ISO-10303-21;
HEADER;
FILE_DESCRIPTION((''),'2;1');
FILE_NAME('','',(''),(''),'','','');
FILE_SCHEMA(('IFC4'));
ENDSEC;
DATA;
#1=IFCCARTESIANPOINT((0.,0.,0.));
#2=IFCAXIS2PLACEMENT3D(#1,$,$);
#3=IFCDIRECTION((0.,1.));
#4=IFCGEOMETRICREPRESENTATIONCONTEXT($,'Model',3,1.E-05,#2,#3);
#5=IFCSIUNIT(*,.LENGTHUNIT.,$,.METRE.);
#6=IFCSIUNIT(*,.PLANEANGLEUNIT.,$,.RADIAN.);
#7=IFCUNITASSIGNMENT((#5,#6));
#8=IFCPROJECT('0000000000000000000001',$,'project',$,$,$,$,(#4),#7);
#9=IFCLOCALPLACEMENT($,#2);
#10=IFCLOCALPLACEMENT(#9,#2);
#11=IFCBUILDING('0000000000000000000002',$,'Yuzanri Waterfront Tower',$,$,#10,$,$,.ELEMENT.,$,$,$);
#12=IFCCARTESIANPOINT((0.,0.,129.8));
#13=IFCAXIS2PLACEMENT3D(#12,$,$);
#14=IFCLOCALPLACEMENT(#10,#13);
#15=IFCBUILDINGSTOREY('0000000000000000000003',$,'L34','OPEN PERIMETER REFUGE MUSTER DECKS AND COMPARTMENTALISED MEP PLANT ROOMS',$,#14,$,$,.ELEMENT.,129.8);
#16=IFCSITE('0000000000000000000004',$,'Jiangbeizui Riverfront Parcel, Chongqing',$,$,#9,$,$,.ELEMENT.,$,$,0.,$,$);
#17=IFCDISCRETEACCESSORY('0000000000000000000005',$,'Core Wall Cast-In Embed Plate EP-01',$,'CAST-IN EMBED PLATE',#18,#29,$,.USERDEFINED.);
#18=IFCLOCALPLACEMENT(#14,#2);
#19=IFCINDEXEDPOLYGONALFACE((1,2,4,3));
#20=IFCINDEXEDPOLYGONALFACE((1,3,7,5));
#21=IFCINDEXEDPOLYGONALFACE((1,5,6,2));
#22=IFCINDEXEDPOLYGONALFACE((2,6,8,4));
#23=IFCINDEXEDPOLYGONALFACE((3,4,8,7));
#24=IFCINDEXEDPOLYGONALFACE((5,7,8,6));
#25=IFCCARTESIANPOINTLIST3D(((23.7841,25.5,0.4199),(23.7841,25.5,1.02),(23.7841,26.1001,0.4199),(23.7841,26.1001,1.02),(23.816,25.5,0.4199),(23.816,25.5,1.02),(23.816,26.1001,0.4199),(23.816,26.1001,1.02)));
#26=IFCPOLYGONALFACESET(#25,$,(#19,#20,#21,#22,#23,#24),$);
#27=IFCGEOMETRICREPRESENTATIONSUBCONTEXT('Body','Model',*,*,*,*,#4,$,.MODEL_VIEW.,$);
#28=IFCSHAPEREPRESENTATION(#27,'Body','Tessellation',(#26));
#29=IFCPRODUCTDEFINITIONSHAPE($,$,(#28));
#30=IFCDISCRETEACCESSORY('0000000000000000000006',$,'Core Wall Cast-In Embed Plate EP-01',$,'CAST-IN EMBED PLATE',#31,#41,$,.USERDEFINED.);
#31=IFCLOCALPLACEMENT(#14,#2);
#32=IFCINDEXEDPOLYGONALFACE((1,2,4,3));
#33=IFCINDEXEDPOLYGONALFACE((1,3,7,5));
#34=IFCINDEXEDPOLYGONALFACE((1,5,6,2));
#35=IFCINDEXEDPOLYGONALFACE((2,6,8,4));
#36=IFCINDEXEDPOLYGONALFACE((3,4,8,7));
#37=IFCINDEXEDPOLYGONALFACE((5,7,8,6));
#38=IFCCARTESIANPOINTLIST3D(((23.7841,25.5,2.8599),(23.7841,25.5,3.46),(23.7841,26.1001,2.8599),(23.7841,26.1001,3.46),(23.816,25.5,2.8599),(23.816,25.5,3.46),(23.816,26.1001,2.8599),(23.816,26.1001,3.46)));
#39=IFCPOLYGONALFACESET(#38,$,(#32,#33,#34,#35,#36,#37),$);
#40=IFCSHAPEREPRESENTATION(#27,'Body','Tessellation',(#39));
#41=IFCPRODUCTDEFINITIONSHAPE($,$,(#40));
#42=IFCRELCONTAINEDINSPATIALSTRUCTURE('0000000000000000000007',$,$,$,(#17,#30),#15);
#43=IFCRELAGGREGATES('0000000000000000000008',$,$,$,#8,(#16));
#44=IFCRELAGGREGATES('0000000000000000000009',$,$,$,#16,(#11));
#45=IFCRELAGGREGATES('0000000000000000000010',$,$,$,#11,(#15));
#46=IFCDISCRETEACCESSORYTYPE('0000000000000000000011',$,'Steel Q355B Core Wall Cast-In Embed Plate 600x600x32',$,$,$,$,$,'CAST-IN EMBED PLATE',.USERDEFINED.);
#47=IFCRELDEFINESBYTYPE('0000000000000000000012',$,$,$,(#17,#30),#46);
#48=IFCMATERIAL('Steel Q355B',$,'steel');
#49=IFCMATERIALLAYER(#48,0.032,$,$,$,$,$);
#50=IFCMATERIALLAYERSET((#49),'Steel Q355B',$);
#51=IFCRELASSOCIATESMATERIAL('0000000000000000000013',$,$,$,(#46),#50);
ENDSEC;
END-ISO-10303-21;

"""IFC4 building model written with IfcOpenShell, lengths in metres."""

from ifc_helpers import new_model, si_unit, direction, frame, origin, origin_2d, place, context, subcontext, project, spatial, rectangle, extrude, source, transform, mapped, material, layer, layer_set, type_object, element, save


model = new_model("IFC4")

# Units and contexts
model_context = context("Model", 3, precision=1e-05, world=origin(), true_north=direction((0.0, 1.0)))
body_context = subcontext(model_context, "Body", "Model", "MODEL_VIEW")
ifc_project = project(units=[si_unit("LENGTHUNIT", "METRE"), si_unit("PLANEANGLEUNIT", "RADIAN")], contexts=[model_context])

# Site, building, storey
site_placement = place(None, origin())
site = spatial("IfcSite", under=ifc_project, at=site_placement, Name="Jiangbeizui Riverfront Parcel, Chongqing", CompositionType="ELEMENT", RefElevation=0.0)
building_placement = place(site_placement, origin())
building = spatial("IfcBuilding", under=site, at=building_placement, Name="Yuzanri Waterfront Tower", CompositionType="ELEMENT")
storey_placement = place(building_placement, frame((0.0, 0.0, 129.8)))
storey = spatial("IfcBuildingStorey", under=building, at=storey_placement, Name="L34", Description="OPEN PERIMETER REFUGE MUSTER DECKS AND COMPARTMENTALISED MEP PLANT ROOMS", CompositionType="ELEMENT", Elevation=129.8)

# Discrete accessories
ifc_material_1 = material(Name="Steel Q355B", Category="steel")
ifc_layer_1 = layer(ifc_material_1, 0.032)
ifc_layer_set_1 = layer_set([ifc_layer_1], Name="Steel Q355B")
discrete_accessory_type = type_object("IfcDiscreteAccessoryType", Name="Steel Q355B Core Wall Cast-In Embed Plate 600x600x32", ElementType="CAST-IN EMBED PLATE", PredefinedType="USERDEFINED", material=ifc_layer_set_1)
shared_shape_1 = source(origin(), body_context, "Body", "SweptSolid", [
    extrude(rectangle(XDim=0.6001, YDim=0.032, at=origin_2d()), origin(), (0.0, 0.0, 1.0), 0.6001),
])
for number, where, z_axis, x_axis, name in (
    (1, (23.8, 25.8, 0.4199), (0.0, 0.0, 1.0), (0.0, 1.0, 0.0), "Core Wall Cast-In Embed Plate EP-01"),
    (2, (23.8, 25.8, 2.8599), (0.0, 0.0, 1.0), (0.0, 1.0, 0.0), "Core Wall Cast-In Embed Plate EP-01"),
):
    element("IfcDiscreteAccessory", number, at=place(storey_placement, frame(where, z_axis=z_axis, x_axis=x_axis)), inside=storey, type_object=discrete_accessory_type, Name=name, ObjectType="CAST-IN EMBED PLATE", PredefinedType="USERDEFINED", context=body_context, shape_type="MappedRepresentation", body=[
        mapped(shared_shape_1, transform((0.0, 0.0, 0.0), scale=1.0)),
    ])

save(model, "model.ifc")
